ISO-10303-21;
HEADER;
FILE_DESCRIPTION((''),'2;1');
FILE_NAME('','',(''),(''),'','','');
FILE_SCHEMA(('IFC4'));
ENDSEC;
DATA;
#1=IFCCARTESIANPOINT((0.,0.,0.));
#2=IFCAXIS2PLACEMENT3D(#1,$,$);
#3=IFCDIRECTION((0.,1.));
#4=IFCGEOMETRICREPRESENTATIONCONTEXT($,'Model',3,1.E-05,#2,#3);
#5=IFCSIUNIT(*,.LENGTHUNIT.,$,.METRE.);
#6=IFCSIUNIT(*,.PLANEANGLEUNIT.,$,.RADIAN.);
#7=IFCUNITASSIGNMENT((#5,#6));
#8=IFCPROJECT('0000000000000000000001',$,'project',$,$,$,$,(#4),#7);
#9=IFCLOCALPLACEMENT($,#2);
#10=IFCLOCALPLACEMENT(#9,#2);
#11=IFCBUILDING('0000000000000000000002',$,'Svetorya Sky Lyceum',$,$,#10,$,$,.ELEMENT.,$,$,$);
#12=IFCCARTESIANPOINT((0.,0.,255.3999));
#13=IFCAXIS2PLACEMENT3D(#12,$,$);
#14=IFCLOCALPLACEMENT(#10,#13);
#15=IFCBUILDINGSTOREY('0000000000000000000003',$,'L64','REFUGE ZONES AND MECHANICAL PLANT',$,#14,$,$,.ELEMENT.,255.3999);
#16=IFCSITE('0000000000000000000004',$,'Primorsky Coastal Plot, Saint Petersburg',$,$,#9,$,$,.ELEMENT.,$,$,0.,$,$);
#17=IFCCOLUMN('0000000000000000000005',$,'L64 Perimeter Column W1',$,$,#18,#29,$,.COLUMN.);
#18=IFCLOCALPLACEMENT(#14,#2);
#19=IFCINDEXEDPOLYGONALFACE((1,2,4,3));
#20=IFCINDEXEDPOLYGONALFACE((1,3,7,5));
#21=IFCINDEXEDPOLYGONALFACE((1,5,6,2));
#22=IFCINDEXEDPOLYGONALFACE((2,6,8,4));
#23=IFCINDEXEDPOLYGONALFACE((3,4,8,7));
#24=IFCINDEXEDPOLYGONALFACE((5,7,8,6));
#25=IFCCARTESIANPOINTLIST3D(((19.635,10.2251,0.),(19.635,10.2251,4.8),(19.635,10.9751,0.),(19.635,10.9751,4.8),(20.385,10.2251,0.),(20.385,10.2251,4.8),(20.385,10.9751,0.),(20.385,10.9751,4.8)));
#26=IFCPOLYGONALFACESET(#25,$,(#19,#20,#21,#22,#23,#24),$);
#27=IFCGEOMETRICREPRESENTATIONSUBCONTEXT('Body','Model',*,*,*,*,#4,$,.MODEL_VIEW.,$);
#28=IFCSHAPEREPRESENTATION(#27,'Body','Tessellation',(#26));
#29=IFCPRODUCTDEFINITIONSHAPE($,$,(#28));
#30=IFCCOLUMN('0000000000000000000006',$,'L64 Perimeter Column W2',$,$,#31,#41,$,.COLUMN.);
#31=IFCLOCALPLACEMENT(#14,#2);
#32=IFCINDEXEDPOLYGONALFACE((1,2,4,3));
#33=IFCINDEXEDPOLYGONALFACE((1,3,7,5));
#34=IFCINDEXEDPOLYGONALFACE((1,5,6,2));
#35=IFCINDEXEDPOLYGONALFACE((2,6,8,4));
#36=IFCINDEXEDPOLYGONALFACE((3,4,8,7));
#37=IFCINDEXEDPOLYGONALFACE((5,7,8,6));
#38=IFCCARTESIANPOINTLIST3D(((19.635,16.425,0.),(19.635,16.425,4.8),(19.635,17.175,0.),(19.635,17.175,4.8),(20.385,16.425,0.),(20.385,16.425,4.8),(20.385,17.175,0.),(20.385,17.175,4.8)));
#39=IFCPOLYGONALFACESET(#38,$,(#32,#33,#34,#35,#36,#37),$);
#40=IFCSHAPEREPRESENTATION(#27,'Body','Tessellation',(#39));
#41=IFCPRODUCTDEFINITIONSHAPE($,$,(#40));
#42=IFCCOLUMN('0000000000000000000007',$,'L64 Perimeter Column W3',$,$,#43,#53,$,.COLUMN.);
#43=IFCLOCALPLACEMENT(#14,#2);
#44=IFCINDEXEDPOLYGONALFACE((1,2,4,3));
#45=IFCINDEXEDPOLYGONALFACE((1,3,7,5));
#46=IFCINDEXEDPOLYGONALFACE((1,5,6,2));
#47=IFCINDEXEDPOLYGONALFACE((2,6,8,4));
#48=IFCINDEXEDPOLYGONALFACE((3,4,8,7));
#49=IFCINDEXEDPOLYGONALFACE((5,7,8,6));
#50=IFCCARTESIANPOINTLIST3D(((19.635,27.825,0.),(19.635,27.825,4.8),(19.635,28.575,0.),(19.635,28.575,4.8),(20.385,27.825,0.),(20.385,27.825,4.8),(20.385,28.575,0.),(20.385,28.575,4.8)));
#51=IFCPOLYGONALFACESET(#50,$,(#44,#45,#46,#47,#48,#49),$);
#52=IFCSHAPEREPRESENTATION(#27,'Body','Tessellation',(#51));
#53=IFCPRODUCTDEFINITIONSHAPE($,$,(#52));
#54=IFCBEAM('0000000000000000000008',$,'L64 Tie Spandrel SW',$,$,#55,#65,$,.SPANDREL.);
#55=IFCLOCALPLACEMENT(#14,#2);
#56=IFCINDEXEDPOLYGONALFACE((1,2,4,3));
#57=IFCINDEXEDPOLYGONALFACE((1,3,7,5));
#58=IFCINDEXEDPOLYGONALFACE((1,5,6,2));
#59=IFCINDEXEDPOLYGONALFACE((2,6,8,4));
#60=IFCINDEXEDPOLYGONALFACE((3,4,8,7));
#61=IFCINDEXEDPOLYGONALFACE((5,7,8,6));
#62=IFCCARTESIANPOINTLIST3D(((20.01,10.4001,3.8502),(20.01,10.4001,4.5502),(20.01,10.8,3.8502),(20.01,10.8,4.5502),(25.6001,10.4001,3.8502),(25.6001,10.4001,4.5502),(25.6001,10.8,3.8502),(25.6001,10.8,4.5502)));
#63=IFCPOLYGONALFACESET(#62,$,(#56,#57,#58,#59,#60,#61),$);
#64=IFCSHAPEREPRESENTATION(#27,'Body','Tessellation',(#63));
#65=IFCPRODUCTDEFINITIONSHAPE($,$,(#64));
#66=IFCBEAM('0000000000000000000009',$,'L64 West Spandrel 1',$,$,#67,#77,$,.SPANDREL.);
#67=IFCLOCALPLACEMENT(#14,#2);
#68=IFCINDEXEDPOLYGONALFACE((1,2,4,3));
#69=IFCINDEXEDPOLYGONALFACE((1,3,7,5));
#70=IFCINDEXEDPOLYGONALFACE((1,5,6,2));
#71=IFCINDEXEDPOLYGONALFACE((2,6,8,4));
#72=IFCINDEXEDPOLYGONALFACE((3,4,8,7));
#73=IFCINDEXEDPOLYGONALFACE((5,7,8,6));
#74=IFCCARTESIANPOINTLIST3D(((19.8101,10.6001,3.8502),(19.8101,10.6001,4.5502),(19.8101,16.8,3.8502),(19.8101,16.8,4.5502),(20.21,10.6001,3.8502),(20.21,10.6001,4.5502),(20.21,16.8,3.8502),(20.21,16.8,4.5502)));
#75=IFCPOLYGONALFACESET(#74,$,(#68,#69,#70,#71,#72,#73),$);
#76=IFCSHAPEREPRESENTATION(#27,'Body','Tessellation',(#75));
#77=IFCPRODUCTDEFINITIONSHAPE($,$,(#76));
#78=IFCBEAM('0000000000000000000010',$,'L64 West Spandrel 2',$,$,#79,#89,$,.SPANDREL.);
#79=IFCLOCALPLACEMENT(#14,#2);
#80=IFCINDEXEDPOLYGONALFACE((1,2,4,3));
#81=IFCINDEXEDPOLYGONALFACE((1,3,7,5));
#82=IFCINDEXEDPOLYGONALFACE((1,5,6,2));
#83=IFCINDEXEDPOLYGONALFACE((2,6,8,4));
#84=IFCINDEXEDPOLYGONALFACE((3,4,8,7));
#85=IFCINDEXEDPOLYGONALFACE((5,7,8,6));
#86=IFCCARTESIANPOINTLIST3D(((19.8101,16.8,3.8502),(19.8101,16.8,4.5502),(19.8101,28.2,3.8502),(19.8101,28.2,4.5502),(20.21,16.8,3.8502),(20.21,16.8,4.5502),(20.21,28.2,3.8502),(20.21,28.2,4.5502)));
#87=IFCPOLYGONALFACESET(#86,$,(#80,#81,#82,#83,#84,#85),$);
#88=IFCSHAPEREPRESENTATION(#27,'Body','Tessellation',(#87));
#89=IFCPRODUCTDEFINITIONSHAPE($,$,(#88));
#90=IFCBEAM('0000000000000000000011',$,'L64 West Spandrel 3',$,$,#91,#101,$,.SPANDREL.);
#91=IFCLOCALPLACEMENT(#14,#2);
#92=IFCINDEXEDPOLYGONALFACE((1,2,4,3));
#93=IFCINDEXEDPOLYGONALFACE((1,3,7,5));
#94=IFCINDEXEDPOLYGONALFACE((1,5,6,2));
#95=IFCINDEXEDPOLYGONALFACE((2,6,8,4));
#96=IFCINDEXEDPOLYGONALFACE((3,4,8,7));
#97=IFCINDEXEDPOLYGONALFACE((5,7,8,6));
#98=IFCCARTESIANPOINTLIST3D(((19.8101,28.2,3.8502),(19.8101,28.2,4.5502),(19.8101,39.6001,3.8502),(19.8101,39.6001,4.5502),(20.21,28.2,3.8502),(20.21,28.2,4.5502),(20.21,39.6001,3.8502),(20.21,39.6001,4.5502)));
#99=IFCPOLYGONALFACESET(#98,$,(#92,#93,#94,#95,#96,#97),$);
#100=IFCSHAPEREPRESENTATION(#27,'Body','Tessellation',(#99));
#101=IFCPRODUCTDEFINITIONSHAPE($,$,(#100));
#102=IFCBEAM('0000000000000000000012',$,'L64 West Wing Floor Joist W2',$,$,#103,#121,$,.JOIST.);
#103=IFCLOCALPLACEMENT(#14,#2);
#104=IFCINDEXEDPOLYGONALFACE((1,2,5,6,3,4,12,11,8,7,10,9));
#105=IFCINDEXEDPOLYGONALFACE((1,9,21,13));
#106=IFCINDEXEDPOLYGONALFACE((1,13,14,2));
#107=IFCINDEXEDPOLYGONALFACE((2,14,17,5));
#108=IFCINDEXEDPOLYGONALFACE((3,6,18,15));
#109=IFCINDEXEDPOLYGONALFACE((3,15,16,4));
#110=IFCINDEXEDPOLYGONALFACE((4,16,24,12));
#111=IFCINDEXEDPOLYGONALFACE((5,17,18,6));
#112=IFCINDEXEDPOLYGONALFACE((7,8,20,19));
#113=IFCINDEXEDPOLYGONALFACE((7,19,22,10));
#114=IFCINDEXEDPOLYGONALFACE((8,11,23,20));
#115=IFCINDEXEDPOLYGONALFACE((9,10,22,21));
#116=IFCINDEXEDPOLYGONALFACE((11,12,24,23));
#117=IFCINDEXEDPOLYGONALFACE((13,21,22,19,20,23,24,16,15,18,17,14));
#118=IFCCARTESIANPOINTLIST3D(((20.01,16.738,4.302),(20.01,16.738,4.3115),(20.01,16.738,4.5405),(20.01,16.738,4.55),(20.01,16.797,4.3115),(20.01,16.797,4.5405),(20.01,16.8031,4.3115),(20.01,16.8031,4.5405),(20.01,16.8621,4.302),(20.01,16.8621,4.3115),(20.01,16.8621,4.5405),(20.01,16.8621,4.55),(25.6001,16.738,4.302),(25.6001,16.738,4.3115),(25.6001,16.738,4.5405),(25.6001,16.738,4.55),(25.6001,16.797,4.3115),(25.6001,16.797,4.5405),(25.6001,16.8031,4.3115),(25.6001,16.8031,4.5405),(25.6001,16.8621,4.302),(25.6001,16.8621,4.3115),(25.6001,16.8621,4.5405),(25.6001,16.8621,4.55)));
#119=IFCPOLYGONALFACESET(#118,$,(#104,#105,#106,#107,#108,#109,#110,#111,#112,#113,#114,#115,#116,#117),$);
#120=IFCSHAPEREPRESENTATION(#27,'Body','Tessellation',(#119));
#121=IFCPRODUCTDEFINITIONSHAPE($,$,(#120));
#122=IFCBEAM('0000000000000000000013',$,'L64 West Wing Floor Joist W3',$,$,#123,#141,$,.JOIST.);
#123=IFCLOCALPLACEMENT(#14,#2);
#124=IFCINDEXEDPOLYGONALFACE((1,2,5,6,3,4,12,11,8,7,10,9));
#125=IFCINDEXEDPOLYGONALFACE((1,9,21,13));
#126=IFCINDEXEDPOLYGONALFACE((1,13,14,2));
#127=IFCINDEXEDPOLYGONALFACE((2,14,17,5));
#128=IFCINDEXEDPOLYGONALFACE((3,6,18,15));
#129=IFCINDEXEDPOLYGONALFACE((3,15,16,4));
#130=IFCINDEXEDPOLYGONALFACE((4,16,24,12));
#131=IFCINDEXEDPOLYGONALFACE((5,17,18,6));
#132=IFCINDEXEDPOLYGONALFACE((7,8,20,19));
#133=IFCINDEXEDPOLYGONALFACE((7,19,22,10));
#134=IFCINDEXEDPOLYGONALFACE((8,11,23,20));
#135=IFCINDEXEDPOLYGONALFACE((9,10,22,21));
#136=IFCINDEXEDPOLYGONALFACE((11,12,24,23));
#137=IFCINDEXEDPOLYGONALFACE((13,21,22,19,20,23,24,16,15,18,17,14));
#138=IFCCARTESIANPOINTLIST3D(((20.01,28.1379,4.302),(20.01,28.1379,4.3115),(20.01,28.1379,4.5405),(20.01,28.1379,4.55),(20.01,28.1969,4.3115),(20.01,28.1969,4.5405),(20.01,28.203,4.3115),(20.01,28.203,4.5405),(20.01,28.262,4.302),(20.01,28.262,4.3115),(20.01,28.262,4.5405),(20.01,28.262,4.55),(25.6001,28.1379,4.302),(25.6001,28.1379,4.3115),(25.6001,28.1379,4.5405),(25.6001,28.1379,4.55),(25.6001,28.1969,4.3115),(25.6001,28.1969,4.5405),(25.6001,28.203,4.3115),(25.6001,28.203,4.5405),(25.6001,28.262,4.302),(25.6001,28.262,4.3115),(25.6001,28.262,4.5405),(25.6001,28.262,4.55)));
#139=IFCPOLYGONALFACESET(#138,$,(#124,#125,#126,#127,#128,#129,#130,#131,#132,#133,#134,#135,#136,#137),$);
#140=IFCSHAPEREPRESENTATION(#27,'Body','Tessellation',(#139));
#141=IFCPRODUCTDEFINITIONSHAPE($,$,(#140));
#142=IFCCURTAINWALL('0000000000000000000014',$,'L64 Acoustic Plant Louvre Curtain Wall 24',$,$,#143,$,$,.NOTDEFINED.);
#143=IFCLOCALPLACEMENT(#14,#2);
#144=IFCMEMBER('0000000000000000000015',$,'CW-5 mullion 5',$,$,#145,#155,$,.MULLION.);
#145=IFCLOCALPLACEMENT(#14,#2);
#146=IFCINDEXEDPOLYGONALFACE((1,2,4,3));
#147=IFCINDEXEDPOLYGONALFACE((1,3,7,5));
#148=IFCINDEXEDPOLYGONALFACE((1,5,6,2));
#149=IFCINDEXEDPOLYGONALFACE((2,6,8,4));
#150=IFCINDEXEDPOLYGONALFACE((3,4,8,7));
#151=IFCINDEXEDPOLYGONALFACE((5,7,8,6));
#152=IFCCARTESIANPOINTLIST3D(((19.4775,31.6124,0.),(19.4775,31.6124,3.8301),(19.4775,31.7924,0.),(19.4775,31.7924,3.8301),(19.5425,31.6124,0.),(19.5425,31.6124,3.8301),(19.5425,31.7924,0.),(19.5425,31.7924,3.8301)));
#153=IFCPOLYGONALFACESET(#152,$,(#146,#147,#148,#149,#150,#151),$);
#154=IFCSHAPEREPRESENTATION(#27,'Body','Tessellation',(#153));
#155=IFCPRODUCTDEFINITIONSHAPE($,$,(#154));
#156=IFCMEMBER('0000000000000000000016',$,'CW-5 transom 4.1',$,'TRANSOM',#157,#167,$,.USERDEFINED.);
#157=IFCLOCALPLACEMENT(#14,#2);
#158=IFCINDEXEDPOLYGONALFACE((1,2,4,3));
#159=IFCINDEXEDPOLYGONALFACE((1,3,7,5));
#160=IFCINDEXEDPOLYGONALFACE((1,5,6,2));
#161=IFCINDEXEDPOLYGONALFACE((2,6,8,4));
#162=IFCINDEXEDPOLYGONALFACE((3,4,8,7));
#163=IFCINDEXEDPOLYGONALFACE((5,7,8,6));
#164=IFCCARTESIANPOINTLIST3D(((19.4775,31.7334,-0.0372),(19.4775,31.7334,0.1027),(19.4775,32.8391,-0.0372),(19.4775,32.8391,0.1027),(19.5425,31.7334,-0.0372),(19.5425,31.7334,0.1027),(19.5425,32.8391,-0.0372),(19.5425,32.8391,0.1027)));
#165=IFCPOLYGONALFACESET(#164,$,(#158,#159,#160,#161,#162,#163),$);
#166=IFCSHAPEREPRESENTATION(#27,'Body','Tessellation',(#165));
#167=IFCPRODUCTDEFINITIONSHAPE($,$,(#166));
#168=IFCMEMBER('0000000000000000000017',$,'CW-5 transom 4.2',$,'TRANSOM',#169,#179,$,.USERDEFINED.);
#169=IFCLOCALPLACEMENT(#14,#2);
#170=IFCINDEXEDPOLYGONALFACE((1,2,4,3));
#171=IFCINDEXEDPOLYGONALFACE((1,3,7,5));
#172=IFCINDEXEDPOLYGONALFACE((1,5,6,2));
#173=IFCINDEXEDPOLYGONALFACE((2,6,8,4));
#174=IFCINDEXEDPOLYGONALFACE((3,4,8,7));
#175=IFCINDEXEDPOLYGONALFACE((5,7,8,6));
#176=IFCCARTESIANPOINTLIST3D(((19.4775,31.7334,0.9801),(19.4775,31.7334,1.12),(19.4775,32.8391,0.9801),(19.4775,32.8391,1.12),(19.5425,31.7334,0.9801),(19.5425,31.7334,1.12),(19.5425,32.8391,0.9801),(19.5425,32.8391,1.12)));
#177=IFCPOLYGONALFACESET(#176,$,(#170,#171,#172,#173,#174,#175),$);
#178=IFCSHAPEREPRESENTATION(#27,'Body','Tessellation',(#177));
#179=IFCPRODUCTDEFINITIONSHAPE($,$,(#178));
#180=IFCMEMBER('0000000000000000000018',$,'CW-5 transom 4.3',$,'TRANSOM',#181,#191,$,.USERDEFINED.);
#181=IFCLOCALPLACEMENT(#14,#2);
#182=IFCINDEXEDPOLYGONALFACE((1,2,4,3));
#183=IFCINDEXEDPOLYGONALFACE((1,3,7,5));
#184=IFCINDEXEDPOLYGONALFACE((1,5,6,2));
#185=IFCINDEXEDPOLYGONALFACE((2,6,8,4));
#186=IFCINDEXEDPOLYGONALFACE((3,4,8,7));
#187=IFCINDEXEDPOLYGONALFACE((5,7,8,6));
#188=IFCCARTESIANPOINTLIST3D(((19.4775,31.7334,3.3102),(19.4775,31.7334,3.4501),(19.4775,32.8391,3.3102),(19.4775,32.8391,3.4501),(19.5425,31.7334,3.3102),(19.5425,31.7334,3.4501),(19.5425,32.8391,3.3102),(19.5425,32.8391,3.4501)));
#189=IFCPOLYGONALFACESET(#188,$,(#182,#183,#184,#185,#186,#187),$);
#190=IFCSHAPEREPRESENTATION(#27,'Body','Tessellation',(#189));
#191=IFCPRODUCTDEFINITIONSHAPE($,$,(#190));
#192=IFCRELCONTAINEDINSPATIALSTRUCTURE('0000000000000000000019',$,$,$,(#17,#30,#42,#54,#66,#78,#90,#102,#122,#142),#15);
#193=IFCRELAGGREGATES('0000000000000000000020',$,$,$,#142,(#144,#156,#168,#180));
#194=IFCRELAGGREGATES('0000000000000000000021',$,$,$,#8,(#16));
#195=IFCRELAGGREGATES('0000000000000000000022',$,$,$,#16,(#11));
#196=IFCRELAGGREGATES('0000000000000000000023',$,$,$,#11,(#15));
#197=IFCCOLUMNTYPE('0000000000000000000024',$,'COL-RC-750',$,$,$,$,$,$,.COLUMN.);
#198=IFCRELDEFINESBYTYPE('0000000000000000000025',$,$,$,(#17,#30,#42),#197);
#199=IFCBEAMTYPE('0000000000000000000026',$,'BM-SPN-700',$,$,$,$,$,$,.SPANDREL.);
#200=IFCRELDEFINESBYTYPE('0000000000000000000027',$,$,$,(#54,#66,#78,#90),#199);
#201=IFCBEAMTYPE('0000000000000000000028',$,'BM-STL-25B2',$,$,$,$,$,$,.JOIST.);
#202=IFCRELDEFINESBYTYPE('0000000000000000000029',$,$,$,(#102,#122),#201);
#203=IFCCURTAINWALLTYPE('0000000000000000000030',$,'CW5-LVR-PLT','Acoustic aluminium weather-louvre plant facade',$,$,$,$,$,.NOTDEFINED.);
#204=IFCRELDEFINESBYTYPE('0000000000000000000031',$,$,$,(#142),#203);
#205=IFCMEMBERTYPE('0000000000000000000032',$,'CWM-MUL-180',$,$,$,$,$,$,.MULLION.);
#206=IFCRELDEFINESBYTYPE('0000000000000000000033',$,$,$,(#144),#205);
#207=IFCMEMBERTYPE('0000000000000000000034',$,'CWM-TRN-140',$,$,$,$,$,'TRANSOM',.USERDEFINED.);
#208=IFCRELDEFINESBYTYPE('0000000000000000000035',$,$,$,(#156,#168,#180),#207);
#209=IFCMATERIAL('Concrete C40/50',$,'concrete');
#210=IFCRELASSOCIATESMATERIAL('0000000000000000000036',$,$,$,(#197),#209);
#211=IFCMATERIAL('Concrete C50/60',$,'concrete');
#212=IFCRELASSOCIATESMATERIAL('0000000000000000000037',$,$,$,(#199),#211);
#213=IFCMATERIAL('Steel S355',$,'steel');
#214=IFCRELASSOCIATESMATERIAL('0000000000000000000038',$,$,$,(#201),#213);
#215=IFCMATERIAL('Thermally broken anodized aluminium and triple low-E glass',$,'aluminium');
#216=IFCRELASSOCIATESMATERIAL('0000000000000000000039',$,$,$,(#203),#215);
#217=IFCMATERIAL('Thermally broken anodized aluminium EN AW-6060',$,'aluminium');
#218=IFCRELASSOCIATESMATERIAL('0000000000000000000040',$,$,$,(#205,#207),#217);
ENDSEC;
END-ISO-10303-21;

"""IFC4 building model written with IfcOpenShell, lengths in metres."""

from ifc_helpers import new_model, si_unit, direction, frame, origin, origin_2d, place, context, subcontext, project, spatial, rectangle, i_section, extrude, material, material_profile, profile_set, type_object, element, aggregate, save


model = new_model("IFC4")

# Units and contexts
model_context = context("Model", 3, precision=1e-05, world=origin(), true_north=direction((0.0, 1.0)))
body_context = subcontext(model_context, "Body", "Model", "MODEL_VIEW")
ifc_project = project(units=[si_unit("LENGTHUNIT", "METRE"), si_unit("PLANEANGLEUNIT", "RADIAN")], contexts=[model_context])

# Site, building, storey
site_placement = place(None, origin())
site = spatial("IfcSite", under=ifc_project, at=site_placement, Name="Primorsky Coastal Plot, Saint Petersburg", CompositionType="ELEMENT", RefElevation=0.0)
building_placement = place(site_placement, origin())
building = spatial("IfcBuilding", under=site, at=building_placement, Name="Svetorya Sky Lyceum", CompositionType="ELEMENT")
storey_placement = place(building_placement, frame((0.0, 0.0, 255.3999)))
storey = spatial("IfcBuildingStorey", under=building, at=storey_placement, Name="L64", Description="REFUGE ZONES AND MECHANICAL PLANT", CompositionType="ELEMENT", Elevation=255.3999)

# Columns
ifc_material_1 = material(Name="Concrete C40/50", Category="concrete")
ifc_material_profile_1 = material_profile(ifc_material_1, rectangle(XDim=0.75, YDim=0.75, at=origin_2d()), Name="RC COL 750x750")
ifc_profile_set_1 = profile_set([ifc_material_profile_1], Name="Concrete C40/50")
column_type = type_object("IfcColumnType", Name="COL-RC-750", PredefinedType="COLUMN", material=ifc_profile_set_1)
for number, where, z_axis, x_axis, name in (
    (1, (20.01, 10.6001, 0.0), (0.0, 0.0, 1.0), (1.0, 0.0, 0.0), "L64 Perimeter Column W1"),
    (2, (20.01, 16.8, 0.0), (0.0, 0.0, 1.0), (1.0, 0.0, 0.0), "L64 Perimeter Column W2"),
    (3, (20.01, 28.2, 0.0), (0.0, 0.0, 1.0), (1.0, 0.0, 0.0), "L64 Perimeter Column W3"),
):
    element("IfcColumn", number, at=place(storey_placement, frame(where, z_axis=z_axis, x_axis=x_axis)), inside=storey, type_object=column_type, Name=name, PredefinedType="COLUMN", context=body_context, shape_type="SweptSolid", body=[
        extrude(rectangle(XDim=0.75, YDim=0.75, at=origin_2d()), origin(), (0.0, 0.0, 1.0), 4.8),
    ])

# Beams
ifc_material_2 = material(Name="Concrete C50/60", Category="concrete")
ifc_material_profile_2 = material_profile(ifc_material_2, rectangle(XDim=0.3999, YDim=0.7, at=origin_2d()), Name="RC SPANDREL 400x700")
ifc_profile_set_2 = profile_set([ifc_material_profile_2], Name="Concrete C50/60")
beam_type_1 = type_object("IfcBeamType", Name="BM-SPN-700", PredefinedType="SPANDREL", material=ifc_profile_set_2)
beam_1_placement = place(storey_placement, frame((20.01, 10.6001, 4.2002), z_axis=(1.0, 0.0, 0.0), x_axis=(0.0, 1.0, 0.0)))
element("IfcBeam", 4, at=beam_1_placement, inside=storey, type_object=beam_type_1, Name="L64 Tie Spandrel SW", PredefinedType="SPANDREL", context=body_context, shape_type="SweptSolid", body=[
    extrude(rectangle(XDim=0.3999, YDim=0.7, at=origin_2d()), origin(), (0.0, 0.0, 1.0), 5.5901),
])
beam_2_placement = place(storey_placement, frame((20.01, 10.6001, 4.2002), z_axis=(0.0, 1.0, 0.0), x_axis=(-1.0, 0.0, 0.0)))
element("IfcBeam", 5, at=beam_2_placement, inside=storey, type_object=beam_type_1, Name="L64 West Spandrel 1", PredefinedType="SPANDREL", context=body_context, shape_type="SweptSolid", body=[
    extrude(rectangle(XDim=0.3999, YDim=0.7, at=origin_2d()), origin(), (0.0, 0.0, 1.0), 6.2),
])
beam_3_placement = place(storey_placement, frame((20.01, 16.8, 4.2002), z_axis=(0.0, 1.0, 0.0), x_axis=(-1.0, 0.0, 0.0)))
element("IfcBeam", 6, at=beam_3_placement, inside=storey, type_object=beam_type_1, Name="L64 West Spandrel 2", PredefinedType="SPANDREL", context=body_context, shape_type="SweptSolid", body=[
    extrude(rectangle(XDim=0.3999, YDim=0.7, at=origin_2d()), origin(), (0.0, 0.0, 1.0), 11.3999),
])
beam_4_placement = place(storey_placement, frame((20.01, 28.2, 4.2002), z_axis=(0.0, 1.0, 0.0), x_axis=(-1.0, 0.0, 0.0)))
element("IfcBeam", 7, at=beam_4_placement, inside=storey, type_object=beam_type_1, Name="L64 West Spandrel 3", PredefinedType="SPANDREL", context=body_context, shape_type="SweptSolid", body=[
    extrude(rectangle(XDim=0.3999, YDim=0.7, at=origin_2d()), origin(), (0.0, 0.0, 1.0), 11.4001),
])
ifc_material_3 = material(Name="Steel S355", Category="steel")
ifc_material_profile_3 = material_profile(ifc_material_3, i_section(OverallWidth=0.124, OverallDepth=0.248, WebThickness=0.0061, FlangeThickness=0.0095, at=origin_2d()), Name="GOST 25B2")
ifc_profile_set_3 = profile_set([ifc_material_profile_3], Name="Steel S355")
beam_type_2 = type_object("IfcBeamType", Name="BM-STL-25B2", PredefinedType="JOIST", material=ifc_profile_set_3)
for number, where, z_axis, x_axis, name in (
    (8, (20.01, 16.8, 4.426), (1.0, 0.0, 0.0), (0.0, 1.0, 0.0), "L64 West Wing Floor Joist W2"),
    (9, (20.01, 28.2, 4.426), (1.0, 0.0, 0.0), (0.0, 1.0, 0.0), "L64 West Wing Floor Joist W3"),
):
    element("IfcBeam", number, at=place(storey_placement, frame(where, z_axis=z_axis, x_axis=x_axis)), inside=storey, type_object=beam_type_2, Name=name, PredefinedType="JOIST", context=body_context, shape_type="SweptSolid", body=[
        extrude(i_section(OverallWidth=0.124, OverallDepth=0.248, WebThickness=0.0061, FlangeThickness=0.0095, at=origin_2d()), origin(), (0.0, 0.0, 1.0), 5.5901),
    ])

# Curtain wall, members
ifc_material_4 = material(Name="Thermally broken anodized aluminium and triple low-E glass", Category="aluminium")
curtain_wall_type = type_object("IfcCurtainWallType", Name="CW5-LVR-PLT", Description="Acoustic aluminium weather-louvre plant facade", PredefinedType="NOTDEFINED", material=ifc_material_4)
curtain_wall_placement = place(storey_placement, origin())
curtain_wall = element("IfcCurtainWall", 10, at=curtain_wall_placement, inside=storey, type_object=curtain_wall_type, Name="L64 Acoustic Plant Louvre Curtain Wall 24", PredefinedType="NOTDEFINED")
ifc_material_5 = material(Name="Thermally broken anodized aluminium EN AW-6060", Category="aluminium")
ifc_material_profile_4 = material_profile(ifc_material_5, rectangle(XDim=0.0649, YDim=0.1799, at=origin_2d()), Name="ALU MULLION 65x180")
ifc_profile_set_4 = profile_set([ifc_material_profile_4], Name="Thermally broken anodized aluminium EN AW-6060")
member_type_1 = type_object("IfcMemberType", Name="CWM-MUL-180", PredefinedType="MULLION", material=ifc_profile_set_4)
member_1_placement = place(storey_placement, frame((19.51, 31.7024, 0.0), z_axis=(0.0, 0.0, 1.0), x_axis=(1.0, 0.0, 0.0)))
member_1 = element("IfcMember", 11, at=member_1_placement, type_object=member_type_1, Name="CW-5 mullion 5", PredefinedType="MULLION", context=body_context, shape_type="SweptSolid", body=[
    extrude(rectangle(XDim=0.0649, YDim=0.1799, at=origin_2d()), origin(), (0.0, 0.0, 1.0), 3.8301),
])
ifc_material_profile_5 = material_profile(ifc_material_5, rectangle(XDim=0.0649, YDim=0.1399, at=origin_2d()), Name="ALU TRANSOM 65x140")
ifc_profile_set_5 = profile_set([ifc_material_profile_5], Name="Thermally broken anodized aluminium EN AW-6060")
member_type_2 = type_object("IfcMemberType", Name="CWM-TRN-140", ElementType="TRANSOM", PredefinedType="USERDEFINED", material=ifc_profile_set_5)
member_2_placement = place(storey_placement, frame((19.51, 32.8391, 0.0327), z_axis=(0.0, -1.0, 0.0), x_axis=(1.0, 0.0, 0.0)))
member_2 = element("IfcMember", 12, at=member_2_placement, type_object=member_type_2, Name="CW-5 transom 4.1", ObjectType="TRANSOM", PredefinedType="USERDEFINED", context=body_context, shape_type="SweptSolid", body=[
    extrude(rectangle(XDim=0.0649, YDim=0.1399, at=origin_2d()), origin(), (0.0, 0.0, 1.0), 1.1057),
])
member_3_placement = place(storey_placement, frame((19.51, 32.8391, 1.05), z_axis=(0.0, -1.0, 0.0), x_axis=(1.0, 0.0, 0.0)))
member_3 = element("IfcMember", 13, at=member_3_placement, type_object=member_type_2, Name="CW-5 transom 4.2", ObjectType="TRANSOM", PredefinedType="USERDEFINED", context=body_context, shape_type="SweptSolid", body=[
    extrude(rectangle(XDim=0.0649, YDim=0.1399, at=origin_2d()), origin(), (0.0, 0.0, 1.0), 1.1057),
])
member_4_placement = place(storey_placement, frame((19.51, 32.8391, 3.3801), z_axis=(0.0, -1.0, 0.0), x_axis=(1.0, 0.0, 0.0)))
member_4 = element("IfcMember", 14, at=member_4_placement, type_object=member_type_2, Name="CW-5 transom 4.3", ObjectType="TRANSOM", PredefinedType="USERDEFINED", context=body_context, shape_type="SweptSolid", body=[
    extrude(rectangle(XDim=0.0649, YDim=0.1399, at=origin_2d()), origin(), (0.0, 0.0, 1.0), 1.1057),
])
aggregate(curtain_wall, [member_1, member_2, member_3, member_4])

save(model, "model.ifc")
